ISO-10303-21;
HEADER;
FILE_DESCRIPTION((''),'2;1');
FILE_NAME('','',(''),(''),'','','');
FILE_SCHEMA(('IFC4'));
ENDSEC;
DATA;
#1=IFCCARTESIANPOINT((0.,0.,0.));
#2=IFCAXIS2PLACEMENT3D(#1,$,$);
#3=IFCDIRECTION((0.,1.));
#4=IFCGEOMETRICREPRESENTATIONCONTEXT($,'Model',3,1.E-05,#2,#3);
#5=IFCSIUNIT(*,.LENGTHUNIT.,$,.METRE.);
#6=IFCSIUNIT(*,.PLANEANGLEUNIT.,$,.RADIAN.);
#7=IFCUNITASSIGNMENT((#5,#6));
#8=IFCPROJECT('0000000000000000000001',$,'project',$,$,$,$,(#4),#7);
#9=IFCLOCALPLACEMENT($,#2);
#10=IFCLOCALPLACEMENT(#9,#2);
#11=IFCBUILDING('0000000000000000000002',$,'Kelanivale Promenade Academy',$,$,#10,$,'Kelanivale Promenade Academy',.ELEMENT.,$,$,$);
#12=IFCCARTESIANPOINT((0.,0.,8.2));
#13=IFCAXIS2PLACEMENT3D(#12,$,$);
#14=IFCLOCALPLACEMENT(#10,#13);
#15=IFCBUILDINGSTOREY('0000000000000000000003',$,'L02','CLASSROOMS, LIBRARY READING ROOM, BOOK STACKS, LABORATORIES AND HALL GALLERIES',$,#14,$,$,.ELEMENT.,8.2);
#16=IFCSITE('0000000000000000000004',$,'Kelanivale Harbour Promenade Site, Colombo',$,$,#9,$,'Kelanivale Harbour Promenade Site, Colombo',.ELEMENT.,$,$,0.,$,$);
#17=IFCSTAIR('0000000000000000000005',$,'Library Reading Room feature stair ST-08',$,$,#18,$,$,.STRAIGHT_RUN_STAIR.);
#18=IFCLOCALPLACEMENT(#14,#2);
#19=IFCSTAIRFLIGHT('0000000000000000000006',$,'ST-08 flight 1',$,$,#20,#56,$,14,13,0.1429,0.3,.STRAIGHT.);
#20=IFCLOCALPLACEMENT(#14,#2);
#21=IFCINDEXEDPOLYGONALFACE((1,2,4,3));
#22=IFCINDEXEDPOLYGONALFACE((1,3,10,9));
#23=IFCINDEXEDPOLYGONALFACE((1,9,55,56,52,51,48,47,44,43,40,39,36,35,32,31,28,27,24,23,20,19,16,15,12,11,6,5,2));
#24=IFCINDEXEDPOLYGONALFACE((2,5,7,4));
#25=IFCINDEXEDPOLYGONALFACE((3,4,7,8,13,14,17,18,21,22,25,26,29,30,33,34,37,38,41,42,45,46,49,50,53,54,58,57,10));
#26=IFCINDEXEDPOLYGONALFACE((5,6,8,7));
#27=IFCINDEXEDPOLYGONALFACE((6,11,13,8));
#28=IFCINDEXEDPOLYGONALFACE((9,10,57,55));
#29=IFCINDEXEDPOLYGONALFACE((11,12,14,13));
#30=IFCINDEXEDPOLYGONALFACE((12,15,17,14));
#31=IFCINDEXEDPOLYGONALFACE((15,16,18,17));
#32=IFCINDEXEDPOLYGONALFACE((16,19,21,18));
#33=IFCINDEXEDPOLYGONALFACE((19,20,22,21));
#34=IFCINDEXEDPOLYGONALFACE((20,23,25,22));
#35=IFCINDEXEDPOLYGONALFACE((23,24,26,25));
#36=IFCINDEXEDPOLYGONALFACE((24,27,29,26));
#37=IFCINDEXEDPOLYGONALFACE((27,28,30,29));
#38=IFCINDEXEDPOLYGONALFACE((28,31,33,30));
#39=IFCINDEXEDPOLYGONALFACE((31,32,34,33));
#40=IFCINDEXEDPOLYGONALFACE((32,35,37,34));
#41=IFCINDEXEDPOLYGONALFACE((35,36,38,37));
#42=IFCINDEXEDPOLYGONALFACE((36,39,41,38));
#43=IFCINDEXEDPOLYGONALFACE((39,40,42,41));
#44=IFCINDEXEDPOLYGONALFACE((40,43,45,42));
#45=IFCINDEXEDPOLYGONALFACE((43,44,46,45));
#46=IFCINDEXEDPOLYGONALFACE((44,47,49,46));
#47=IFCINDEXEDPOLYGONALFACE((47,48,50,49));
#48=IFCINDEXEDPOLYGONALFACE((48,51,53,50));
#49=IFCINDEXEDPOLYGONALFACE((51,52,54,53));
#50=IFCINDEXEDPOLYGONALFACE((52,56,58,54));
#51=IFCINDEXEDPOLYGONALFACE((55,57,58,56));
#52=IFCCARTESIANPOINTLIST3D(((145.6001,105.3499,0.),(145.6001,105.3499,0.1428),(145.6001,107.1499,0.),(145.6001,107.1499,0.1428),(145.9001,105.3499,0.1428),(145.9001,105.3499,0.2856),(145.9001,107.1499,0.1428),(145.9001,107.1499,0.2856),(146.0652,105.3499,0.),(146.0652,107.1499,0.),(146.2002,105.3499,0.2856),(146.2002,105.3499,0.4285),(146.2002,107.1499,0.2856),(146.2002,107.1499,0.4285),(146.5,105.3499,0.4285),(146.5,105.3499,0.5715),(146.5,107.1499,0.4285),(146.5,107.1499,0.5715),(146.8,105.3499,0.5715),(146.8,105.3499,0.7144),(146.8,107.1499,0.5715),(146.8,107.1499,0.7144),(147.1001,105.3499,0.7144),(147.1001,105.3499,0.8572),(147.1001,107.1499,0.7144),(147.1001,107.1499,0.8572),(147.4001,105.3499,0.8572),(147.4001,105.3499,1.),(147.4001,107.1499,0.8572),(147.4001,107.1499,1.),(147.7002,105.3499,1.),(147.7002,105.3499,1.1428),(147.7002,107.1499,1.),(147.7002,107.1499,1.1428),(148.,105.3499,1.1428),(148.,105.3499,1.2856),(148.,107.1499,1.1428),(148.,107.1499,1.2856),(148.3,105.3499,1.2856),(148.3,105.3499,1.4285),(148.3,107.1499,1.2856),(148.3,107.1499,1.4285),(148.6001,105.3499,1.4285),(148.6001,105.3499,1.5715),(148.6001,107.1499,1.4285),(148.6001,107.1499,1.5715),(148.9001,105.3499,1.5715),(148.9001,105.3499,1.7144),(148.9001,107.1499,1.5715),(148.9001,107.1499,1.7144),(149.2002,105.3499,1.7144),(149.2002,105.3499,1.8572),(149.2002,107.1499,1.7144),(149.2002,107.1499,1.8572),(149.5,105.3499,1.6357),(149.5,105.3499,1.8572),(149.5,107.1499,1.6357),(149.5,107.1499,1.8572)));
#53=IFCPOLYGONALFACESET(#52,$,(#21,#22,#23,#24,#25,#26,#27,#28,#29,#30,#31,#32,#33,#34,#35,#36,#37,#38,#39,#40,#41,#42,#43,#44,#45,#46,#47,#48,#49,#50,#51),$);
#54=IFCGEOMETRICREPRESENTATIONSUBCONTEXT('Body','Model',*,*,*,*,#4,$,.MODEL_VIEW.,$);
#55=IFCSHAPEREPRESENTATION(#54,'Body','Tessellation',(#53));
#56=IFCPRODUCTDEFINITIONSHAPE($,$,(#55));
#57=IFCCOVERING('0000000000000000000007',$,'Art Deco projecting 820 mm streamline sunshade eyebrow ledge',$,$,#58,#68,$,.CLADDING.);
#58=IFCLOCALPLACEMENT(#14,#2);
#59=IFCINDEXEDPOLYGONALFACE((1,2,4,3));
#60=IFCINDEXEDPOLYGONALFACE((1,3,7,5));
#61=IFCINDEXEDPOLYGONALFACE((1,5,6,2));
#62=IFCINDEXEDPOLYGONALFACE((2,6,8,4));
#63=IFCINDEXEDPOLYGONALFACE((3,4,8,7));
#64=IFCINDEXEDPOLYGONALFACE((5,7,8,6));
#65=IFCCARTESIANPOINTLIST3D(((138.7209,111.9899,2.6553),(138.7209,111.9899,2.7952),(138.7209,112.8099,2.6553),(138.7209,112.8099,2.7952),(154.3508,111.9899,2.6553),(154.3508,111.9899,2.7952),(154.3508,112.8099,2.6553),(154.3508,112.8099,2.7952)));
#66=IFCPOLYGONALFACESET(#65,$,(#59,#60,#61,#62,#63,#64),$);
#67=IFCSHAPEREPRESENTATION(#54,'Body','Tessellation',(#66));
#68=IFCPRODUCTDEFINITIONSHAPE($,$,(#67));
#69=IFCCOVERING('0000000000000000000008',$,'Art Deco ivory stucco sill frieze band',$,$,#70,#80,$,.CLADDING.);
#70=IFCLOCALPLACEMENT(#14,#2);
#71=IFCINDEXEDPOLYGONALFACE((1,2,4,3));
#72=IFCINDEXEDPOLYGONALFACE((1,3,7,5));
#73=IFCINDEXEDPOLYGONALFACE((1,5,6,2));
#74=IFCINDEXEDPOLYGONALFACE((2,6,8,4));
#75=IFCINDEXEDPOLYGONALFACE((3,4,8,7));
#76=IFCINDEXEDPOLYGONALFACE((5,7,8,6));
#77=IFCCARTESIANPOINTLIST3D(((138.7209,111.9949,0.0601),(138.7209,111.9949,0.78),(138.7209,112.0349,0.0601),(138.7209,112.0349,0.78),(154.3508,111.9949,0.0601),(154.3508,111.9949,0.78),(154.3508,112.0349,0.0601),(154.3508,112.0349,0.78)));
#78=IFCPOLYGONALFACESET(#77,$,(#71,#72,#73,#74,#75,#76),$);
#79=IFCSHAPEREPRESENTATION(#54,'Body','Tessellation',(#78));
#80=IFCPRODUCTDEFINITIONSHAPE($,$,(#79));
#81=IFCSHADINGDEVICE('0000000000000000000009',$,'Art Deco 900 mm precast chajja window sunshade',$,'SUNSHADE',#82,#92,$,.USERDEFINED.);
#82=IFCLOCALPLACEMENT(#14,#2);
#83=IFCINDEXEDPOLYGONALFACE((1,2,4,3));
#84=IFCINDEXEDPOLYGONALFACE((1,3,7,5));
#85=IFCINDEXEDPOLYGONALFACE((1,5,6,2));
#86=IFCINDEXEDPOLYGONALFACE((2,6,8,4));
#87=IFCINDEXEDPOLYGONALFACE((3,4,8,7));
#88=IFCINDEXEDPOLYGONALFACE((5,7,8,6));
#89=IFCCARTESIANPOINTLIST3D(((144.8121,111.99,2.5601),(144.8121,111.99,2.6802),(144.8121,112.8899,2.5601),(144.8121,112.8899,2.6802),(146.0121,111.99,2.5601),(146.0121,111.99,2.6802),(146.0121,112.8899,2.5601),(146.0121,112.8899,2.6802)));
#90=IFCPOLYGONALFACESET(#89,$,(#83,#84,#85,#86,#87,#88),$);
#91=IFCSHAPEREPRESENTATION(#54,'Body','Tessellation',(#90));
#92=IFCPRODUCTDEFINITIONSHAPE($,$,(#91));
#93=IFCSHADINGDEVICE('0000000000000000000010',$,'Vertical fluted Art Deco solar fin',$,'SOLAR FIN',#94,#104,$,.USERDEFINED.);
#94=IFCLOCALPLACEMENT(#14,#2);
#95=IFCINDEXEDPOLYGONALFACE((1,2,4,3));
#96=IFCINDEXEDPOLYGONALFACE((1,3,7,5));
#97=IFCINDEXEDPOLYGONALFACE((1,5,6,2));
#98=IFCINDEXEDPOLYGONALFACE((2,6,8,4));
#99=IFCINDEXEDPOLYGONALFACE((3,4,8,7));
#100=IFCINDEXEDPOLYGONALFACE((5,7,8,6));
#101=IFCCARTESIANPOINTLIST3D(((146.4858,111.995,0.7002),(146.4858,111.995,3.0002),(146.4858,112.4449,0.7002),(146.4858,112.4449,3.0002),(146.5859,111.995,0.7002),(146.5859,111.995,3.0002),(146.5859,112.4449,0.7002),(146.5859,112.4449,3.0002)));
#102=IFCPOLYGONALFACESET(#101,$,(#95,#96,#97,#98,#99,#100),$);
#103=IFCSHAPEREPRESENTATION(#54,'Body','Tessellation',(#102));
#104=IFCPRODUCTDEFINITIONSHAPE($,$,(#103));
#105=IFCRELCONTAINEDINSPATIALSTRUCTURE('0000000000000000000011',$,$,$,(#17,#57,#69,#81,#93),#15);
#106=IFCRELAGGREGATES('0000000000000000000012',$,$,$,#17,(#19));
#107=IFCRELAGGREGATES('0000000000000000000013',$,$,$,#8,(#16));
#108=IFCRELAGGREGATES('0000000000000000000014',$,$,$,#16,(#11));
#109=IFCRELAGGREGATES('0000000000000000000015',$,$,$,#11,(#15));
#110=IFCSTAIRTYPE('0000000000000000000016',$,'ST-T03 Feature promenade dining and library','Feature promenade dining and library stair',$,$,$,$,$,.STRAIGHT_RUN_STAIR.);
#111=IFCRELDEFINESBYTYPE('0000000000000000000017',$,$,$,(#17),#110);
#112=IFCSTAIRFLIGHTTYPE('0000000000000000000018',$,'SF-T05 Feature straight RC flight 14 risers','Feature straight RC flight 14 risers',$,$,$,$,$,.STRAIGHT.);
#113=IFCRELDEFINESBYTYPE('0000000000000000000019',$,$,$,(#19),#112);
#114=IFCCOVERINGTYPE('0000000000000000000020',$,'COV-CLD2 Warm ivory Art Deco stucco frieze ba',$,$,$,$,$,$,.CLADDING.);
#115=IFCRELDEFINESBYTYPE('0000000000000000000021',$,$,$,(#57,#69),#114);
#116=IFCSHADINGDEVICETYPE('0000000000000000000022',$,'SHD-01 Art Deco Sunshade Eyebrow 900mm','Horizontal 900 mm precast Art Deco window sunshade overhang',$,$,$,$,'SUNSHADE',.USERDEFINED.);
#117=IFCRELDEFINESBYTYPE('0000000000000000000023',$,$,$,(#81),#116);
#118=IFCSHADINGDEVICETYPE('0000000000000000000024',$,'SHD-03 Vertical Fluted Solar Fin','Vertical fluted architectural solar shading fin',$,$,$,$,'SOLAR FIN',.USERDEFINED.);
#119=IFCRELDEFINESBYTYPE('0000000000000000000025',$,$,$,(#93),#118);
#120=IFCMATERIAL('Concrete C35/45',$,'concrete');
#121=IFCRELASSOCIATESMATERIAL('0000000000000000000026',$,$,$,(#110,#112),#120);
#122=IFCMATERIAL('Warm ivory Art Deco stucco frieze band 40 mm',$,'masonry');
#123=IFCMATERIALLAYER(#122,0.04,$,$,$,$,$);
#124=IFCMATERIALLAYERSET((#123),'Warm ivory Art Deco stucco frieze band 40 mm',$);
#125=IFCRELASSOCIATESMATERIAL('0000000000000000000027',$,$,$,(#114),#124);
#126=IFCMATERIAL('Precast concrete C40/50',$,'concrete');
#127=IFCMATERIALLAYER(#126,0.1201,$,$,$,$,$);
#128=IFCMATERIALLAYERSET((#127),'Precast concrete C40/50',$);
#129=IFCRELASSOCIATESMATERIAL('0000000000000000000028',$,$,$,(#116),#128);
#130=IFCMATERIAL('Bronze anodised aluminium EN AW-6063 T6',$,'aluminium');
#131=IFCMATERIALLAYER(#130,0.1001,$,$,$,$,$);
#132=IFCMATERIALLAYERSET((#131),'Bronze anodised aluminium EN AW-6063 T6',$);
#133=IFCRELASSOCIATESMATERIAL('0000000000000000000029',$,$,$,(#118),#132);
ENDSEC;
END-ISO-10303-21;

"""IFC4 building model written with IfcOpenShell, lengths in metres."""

from ifc_helpers import new_model, si_unit, direction, frame, origin, origin_2d, place, context, subcontext, project, spatial, polyline, rectangle, outline, extrude, material, layer, layer_set, type_object, element, aggregate, save


model = new_model("IFC4")

# Units and contexts
model_context = context("Model", 3, precision=1e-05, world=origin(), true_north=direction((0.0, 1.0)))
body_context = subcontext(model_context, "Body", "Model", "MODEL_VIEW")
ifc_project = project(units=[si_unit("LENGTHUNIT", "METRE"), si_unit("PLANEANGLEUNIT", "RADIAN")], contexts=[model_context])

# Site, building, storey
site_placement = place(None, origin())
site = spatial("IfcSite", under=ifc_project, at=site_placement, Name="Kelanivale Harbour Promenade Site, Colombo", LongName="Kelanivale Harbour Promenade Site, Colombo", CompositionType="ELEMENT", RefElevation=0.0)
building_placement = place(site_placement, origin())
building = spatial("IfcBuilding", under=site, at=building_placement, Name="Kelanivale Promenade Academy", LongName="Kelanivale Promenade Academy", CompositionType="ELEMENT")
storey_placement = place(building_placement, frame((0.0, 0.0, 8.2)))
storey = spatial("IfcBuildingStorey", under=building, at=storey_placement, Name="L02", Description="CLASSROOMS, LIBRARY READING ROOM, BOOK STACKS, LABORATORIES AND HALL GALLERIES", CompositionType="ELEMENT", Elevation=8.2)

# Shared definitions
ifc_material_1 = material(Name="Concrete C35/45", Category="concrete")

# Stair, stair flight
stair_type = type_object("IfcStairType", Name="ST-T03 Feature promenade dining and library", Description="Feature promenade dining and library stair", PredefinedType="STRAIGHT_RUN_STAIR", material=ifc_material_1)
stair_placement = place(storey_placement, origin())
stair = element("IfcStair", 1, at=stair_placement, inside=storey, type_object=stair_type, Name="Library Reading Room feature stair ST-08", PredefinedType="STRAIGHT_RUN_STAIR")
stair_flight_type = type_object("IfcStairFlightType", Name="SF-T05 Feature straight RC flight 14 risers", Description="Feature straight RC flight 14 risers", PredefinedType="STRAIGHT", material=ifc_material_1)
stair_flight_placement = place(storey_placement, frame((145.6001, 106.25, 0.0), z_axis=(0.0, 0.0, 1.0), x_axis=(1.0, 0.0, 0.0)))
stair_flight = element("IfcStairFlight", 2, at=stair_flight_placement, type_object=stair_flight_type, Name="ST-08 flight 1", NumberOfRisers=14, NumberOfTreads=13, PredefinedType="STRAIGHT", RiserHeight=0.1429, TreadLength=0.3, context=body_context, shape_type="SweptSolid", body=[
    extrude(outline(polyline([(0.0, 0.0), (0.0, 0.1428), (0.3, 0.1428), (0.3, 0.2856), (0.6001, 0.2856), (0.6001, 0.4285), (0.8999, 0.4285), (0.8999, 0.5715), (1.2, 0.5715), (1.2, 0.7144), (1.5, 0.7144), (1.5, 0.8572), (1.8, 0.8572), (1.8, 1.0), (2.1001, 1.0), (2.1001, 1.1428), (2.3999, 1.1428), (2.3999, 1.2856), (2.7, 1.2856), (2.7, 1.4285), (3.0, 1.4285), (3.0, 1.5715), (3.3, 1.5715), (3.3, 1.7144), (3.6001, 1.7144), (3.6001, 1.8572), (3.8999, 1.8572), (3.8999, 2.0), (3.8999, 1.6357), (0.4651, 0.0), (0.0, 0.0)])), frame((0.0, 0.8999, 0.0), z_axis=(0.0, -1.0, 0.0), x_axis=(1.0, 0.0, 0.0)), (0.0, 0.0, 1.0), 1.8),
])
aggregate(stair, [stair_flight])

# Coverings
ifc_material_2 = material(Name="Warm ivory Art Deco stucco frieze band 40 mm", Category="masonry")
ifc_layer_1 = layer(ifc_material_2, 0.04)
ifc_layer_set_1 = layer_set([ifc_layer_1], Name="Warm ivory Art Deco stucco frieze band 40 mm")
covering_type = type_object("IfcCoveringType", Name="COV-CLD2 Warm ivory Art Deco stucco frieze ba", PredefinedType="CLADDING", material=ifc_layer_set_1)
covering_1_placement = place(storey_placement, frame((146.5359, 112.3999, 2.6553), z_axis=(0.0, 0.0, 1.0), x_axis=(-1.0, 0.0, 0.0)))
element("IfcCovering", 3, at=covering_1_placement, inside=storey, type_object=covering_type, Name="Art Deco projecting 820 mm streamline sunshade eyebrow ledge", PredefinedType="CLADDING", context=body_context, shape_type="SweptSolid", body=[
    extrude(rectangle(XDim=15.6299, YDim=0.8201, at=origin_2d()), origin(), (0.0, 0.0, 1.0), 0.1399),
])
covering_2_placement = place(storey_placement, frame((146.5359, 112.0149, 0.0601), z_axis=(0.0, 0.0, 1.0), x_axis=(-1.0, 0.0, 0.0)))
element("IfcCovering", 4, at=covering_2_placement, inside=storey, type_object=covering_type, Name="Art Deco ivory stucco sill frieze band", PredefinedType="CLADDING", context=body_context, shape_type="SweptSolid", body=[
    extrude(rectangle(XDim=15.6299, YDim=0.04, at=origin_2d()), origin(), (0.0, 0.0, 1.0), 0.72),
])

# Shading devices
ifc_material_3 = material(Name="Precast concrete C40/50", Category="concrete")
ifc_layer_2 = layer(ifc_material_3, 0.1201)
ifc_layer_set_2 = layer_set([ifc_layer_2], Name="Precast concrete C40/50")
shading_device_type_1 = type_object("IfcShadingDeviceType", Name="SHD-01 Art Deco Sunshade Eyebrow 900mm", Description="Horizontal 900 mm precast Art Deco window sunshade overhang", ElementType="SUNSHADE", PredefinedType="USERDEFINED", material=ifc_layer_set_2)
shading_device_1_placement = place(storey_placement, frame((145.4121, 112.4399, 2.5601), z_axis=(0.0, 0.0, 1.0), x_axis=(-1.0, 0.0, 0.0)))
element("IfcShadingDevice", 5, at=shading_device_1_placement, inside=storey, type_object=shading_device_type_1, Name="Art Deco 900 mm precast chajja window sunshade", ObjectType="SUNSHADE", PredefinedType="USERDEFINED", context=body_context, shape_type="SweptSolid", body=[
    extrude(rectangle(XDim=1.2, YDim=0.8999, at=origin_2d()), origin(), (0.0, 0.0, 1.0), 0.1201),
])
ifc_material_4 = material(Name="Bronze anodised aluminium EN AW-6063 T6", Category="aluminium")
ifc_layer_3 = layer(ifc_material_4, 0.1001)
ifc_layer_set_3 = layer_set([ifc_layer_3], Name="Bronze anodised aluminium EN AW-6063 T6")
shading_device_type_2 = type_object("IfcShadingDeviceType", Name="SHD-03 Vertical Fluted Solar Fin", Description="Vertical fluted architectural solar shading fin", ElementType="SOLAR FIN", PredefinedType="USERDEFINED", material=ifc_layer_set_3)
shading_device_2_placement = place(storey_placement, frame((146.5359, 112.22, 0.7002), z_axis=(0.0, 0.0, 1.0), x_axis=(-1.0, 0.0, 0.0)))
element("IfcShadingDevice", 6, at=shading_device_2_placement, inside=storey, type_object=shading_device_type_2, Name="Vertical fluted Art Deco solar fin", ObjectType="SOLAR FIN", PredefinedType="USERDEFINED", context=body_context, shape_type="SweptSolid", body=[
    extrude(rectangle(XDim=0.1001, YDim=0.45, at=origin_2d()), origin(), (0.0, 0.0, 1.0), 2.3),
])

save(model, "model.ifc")
